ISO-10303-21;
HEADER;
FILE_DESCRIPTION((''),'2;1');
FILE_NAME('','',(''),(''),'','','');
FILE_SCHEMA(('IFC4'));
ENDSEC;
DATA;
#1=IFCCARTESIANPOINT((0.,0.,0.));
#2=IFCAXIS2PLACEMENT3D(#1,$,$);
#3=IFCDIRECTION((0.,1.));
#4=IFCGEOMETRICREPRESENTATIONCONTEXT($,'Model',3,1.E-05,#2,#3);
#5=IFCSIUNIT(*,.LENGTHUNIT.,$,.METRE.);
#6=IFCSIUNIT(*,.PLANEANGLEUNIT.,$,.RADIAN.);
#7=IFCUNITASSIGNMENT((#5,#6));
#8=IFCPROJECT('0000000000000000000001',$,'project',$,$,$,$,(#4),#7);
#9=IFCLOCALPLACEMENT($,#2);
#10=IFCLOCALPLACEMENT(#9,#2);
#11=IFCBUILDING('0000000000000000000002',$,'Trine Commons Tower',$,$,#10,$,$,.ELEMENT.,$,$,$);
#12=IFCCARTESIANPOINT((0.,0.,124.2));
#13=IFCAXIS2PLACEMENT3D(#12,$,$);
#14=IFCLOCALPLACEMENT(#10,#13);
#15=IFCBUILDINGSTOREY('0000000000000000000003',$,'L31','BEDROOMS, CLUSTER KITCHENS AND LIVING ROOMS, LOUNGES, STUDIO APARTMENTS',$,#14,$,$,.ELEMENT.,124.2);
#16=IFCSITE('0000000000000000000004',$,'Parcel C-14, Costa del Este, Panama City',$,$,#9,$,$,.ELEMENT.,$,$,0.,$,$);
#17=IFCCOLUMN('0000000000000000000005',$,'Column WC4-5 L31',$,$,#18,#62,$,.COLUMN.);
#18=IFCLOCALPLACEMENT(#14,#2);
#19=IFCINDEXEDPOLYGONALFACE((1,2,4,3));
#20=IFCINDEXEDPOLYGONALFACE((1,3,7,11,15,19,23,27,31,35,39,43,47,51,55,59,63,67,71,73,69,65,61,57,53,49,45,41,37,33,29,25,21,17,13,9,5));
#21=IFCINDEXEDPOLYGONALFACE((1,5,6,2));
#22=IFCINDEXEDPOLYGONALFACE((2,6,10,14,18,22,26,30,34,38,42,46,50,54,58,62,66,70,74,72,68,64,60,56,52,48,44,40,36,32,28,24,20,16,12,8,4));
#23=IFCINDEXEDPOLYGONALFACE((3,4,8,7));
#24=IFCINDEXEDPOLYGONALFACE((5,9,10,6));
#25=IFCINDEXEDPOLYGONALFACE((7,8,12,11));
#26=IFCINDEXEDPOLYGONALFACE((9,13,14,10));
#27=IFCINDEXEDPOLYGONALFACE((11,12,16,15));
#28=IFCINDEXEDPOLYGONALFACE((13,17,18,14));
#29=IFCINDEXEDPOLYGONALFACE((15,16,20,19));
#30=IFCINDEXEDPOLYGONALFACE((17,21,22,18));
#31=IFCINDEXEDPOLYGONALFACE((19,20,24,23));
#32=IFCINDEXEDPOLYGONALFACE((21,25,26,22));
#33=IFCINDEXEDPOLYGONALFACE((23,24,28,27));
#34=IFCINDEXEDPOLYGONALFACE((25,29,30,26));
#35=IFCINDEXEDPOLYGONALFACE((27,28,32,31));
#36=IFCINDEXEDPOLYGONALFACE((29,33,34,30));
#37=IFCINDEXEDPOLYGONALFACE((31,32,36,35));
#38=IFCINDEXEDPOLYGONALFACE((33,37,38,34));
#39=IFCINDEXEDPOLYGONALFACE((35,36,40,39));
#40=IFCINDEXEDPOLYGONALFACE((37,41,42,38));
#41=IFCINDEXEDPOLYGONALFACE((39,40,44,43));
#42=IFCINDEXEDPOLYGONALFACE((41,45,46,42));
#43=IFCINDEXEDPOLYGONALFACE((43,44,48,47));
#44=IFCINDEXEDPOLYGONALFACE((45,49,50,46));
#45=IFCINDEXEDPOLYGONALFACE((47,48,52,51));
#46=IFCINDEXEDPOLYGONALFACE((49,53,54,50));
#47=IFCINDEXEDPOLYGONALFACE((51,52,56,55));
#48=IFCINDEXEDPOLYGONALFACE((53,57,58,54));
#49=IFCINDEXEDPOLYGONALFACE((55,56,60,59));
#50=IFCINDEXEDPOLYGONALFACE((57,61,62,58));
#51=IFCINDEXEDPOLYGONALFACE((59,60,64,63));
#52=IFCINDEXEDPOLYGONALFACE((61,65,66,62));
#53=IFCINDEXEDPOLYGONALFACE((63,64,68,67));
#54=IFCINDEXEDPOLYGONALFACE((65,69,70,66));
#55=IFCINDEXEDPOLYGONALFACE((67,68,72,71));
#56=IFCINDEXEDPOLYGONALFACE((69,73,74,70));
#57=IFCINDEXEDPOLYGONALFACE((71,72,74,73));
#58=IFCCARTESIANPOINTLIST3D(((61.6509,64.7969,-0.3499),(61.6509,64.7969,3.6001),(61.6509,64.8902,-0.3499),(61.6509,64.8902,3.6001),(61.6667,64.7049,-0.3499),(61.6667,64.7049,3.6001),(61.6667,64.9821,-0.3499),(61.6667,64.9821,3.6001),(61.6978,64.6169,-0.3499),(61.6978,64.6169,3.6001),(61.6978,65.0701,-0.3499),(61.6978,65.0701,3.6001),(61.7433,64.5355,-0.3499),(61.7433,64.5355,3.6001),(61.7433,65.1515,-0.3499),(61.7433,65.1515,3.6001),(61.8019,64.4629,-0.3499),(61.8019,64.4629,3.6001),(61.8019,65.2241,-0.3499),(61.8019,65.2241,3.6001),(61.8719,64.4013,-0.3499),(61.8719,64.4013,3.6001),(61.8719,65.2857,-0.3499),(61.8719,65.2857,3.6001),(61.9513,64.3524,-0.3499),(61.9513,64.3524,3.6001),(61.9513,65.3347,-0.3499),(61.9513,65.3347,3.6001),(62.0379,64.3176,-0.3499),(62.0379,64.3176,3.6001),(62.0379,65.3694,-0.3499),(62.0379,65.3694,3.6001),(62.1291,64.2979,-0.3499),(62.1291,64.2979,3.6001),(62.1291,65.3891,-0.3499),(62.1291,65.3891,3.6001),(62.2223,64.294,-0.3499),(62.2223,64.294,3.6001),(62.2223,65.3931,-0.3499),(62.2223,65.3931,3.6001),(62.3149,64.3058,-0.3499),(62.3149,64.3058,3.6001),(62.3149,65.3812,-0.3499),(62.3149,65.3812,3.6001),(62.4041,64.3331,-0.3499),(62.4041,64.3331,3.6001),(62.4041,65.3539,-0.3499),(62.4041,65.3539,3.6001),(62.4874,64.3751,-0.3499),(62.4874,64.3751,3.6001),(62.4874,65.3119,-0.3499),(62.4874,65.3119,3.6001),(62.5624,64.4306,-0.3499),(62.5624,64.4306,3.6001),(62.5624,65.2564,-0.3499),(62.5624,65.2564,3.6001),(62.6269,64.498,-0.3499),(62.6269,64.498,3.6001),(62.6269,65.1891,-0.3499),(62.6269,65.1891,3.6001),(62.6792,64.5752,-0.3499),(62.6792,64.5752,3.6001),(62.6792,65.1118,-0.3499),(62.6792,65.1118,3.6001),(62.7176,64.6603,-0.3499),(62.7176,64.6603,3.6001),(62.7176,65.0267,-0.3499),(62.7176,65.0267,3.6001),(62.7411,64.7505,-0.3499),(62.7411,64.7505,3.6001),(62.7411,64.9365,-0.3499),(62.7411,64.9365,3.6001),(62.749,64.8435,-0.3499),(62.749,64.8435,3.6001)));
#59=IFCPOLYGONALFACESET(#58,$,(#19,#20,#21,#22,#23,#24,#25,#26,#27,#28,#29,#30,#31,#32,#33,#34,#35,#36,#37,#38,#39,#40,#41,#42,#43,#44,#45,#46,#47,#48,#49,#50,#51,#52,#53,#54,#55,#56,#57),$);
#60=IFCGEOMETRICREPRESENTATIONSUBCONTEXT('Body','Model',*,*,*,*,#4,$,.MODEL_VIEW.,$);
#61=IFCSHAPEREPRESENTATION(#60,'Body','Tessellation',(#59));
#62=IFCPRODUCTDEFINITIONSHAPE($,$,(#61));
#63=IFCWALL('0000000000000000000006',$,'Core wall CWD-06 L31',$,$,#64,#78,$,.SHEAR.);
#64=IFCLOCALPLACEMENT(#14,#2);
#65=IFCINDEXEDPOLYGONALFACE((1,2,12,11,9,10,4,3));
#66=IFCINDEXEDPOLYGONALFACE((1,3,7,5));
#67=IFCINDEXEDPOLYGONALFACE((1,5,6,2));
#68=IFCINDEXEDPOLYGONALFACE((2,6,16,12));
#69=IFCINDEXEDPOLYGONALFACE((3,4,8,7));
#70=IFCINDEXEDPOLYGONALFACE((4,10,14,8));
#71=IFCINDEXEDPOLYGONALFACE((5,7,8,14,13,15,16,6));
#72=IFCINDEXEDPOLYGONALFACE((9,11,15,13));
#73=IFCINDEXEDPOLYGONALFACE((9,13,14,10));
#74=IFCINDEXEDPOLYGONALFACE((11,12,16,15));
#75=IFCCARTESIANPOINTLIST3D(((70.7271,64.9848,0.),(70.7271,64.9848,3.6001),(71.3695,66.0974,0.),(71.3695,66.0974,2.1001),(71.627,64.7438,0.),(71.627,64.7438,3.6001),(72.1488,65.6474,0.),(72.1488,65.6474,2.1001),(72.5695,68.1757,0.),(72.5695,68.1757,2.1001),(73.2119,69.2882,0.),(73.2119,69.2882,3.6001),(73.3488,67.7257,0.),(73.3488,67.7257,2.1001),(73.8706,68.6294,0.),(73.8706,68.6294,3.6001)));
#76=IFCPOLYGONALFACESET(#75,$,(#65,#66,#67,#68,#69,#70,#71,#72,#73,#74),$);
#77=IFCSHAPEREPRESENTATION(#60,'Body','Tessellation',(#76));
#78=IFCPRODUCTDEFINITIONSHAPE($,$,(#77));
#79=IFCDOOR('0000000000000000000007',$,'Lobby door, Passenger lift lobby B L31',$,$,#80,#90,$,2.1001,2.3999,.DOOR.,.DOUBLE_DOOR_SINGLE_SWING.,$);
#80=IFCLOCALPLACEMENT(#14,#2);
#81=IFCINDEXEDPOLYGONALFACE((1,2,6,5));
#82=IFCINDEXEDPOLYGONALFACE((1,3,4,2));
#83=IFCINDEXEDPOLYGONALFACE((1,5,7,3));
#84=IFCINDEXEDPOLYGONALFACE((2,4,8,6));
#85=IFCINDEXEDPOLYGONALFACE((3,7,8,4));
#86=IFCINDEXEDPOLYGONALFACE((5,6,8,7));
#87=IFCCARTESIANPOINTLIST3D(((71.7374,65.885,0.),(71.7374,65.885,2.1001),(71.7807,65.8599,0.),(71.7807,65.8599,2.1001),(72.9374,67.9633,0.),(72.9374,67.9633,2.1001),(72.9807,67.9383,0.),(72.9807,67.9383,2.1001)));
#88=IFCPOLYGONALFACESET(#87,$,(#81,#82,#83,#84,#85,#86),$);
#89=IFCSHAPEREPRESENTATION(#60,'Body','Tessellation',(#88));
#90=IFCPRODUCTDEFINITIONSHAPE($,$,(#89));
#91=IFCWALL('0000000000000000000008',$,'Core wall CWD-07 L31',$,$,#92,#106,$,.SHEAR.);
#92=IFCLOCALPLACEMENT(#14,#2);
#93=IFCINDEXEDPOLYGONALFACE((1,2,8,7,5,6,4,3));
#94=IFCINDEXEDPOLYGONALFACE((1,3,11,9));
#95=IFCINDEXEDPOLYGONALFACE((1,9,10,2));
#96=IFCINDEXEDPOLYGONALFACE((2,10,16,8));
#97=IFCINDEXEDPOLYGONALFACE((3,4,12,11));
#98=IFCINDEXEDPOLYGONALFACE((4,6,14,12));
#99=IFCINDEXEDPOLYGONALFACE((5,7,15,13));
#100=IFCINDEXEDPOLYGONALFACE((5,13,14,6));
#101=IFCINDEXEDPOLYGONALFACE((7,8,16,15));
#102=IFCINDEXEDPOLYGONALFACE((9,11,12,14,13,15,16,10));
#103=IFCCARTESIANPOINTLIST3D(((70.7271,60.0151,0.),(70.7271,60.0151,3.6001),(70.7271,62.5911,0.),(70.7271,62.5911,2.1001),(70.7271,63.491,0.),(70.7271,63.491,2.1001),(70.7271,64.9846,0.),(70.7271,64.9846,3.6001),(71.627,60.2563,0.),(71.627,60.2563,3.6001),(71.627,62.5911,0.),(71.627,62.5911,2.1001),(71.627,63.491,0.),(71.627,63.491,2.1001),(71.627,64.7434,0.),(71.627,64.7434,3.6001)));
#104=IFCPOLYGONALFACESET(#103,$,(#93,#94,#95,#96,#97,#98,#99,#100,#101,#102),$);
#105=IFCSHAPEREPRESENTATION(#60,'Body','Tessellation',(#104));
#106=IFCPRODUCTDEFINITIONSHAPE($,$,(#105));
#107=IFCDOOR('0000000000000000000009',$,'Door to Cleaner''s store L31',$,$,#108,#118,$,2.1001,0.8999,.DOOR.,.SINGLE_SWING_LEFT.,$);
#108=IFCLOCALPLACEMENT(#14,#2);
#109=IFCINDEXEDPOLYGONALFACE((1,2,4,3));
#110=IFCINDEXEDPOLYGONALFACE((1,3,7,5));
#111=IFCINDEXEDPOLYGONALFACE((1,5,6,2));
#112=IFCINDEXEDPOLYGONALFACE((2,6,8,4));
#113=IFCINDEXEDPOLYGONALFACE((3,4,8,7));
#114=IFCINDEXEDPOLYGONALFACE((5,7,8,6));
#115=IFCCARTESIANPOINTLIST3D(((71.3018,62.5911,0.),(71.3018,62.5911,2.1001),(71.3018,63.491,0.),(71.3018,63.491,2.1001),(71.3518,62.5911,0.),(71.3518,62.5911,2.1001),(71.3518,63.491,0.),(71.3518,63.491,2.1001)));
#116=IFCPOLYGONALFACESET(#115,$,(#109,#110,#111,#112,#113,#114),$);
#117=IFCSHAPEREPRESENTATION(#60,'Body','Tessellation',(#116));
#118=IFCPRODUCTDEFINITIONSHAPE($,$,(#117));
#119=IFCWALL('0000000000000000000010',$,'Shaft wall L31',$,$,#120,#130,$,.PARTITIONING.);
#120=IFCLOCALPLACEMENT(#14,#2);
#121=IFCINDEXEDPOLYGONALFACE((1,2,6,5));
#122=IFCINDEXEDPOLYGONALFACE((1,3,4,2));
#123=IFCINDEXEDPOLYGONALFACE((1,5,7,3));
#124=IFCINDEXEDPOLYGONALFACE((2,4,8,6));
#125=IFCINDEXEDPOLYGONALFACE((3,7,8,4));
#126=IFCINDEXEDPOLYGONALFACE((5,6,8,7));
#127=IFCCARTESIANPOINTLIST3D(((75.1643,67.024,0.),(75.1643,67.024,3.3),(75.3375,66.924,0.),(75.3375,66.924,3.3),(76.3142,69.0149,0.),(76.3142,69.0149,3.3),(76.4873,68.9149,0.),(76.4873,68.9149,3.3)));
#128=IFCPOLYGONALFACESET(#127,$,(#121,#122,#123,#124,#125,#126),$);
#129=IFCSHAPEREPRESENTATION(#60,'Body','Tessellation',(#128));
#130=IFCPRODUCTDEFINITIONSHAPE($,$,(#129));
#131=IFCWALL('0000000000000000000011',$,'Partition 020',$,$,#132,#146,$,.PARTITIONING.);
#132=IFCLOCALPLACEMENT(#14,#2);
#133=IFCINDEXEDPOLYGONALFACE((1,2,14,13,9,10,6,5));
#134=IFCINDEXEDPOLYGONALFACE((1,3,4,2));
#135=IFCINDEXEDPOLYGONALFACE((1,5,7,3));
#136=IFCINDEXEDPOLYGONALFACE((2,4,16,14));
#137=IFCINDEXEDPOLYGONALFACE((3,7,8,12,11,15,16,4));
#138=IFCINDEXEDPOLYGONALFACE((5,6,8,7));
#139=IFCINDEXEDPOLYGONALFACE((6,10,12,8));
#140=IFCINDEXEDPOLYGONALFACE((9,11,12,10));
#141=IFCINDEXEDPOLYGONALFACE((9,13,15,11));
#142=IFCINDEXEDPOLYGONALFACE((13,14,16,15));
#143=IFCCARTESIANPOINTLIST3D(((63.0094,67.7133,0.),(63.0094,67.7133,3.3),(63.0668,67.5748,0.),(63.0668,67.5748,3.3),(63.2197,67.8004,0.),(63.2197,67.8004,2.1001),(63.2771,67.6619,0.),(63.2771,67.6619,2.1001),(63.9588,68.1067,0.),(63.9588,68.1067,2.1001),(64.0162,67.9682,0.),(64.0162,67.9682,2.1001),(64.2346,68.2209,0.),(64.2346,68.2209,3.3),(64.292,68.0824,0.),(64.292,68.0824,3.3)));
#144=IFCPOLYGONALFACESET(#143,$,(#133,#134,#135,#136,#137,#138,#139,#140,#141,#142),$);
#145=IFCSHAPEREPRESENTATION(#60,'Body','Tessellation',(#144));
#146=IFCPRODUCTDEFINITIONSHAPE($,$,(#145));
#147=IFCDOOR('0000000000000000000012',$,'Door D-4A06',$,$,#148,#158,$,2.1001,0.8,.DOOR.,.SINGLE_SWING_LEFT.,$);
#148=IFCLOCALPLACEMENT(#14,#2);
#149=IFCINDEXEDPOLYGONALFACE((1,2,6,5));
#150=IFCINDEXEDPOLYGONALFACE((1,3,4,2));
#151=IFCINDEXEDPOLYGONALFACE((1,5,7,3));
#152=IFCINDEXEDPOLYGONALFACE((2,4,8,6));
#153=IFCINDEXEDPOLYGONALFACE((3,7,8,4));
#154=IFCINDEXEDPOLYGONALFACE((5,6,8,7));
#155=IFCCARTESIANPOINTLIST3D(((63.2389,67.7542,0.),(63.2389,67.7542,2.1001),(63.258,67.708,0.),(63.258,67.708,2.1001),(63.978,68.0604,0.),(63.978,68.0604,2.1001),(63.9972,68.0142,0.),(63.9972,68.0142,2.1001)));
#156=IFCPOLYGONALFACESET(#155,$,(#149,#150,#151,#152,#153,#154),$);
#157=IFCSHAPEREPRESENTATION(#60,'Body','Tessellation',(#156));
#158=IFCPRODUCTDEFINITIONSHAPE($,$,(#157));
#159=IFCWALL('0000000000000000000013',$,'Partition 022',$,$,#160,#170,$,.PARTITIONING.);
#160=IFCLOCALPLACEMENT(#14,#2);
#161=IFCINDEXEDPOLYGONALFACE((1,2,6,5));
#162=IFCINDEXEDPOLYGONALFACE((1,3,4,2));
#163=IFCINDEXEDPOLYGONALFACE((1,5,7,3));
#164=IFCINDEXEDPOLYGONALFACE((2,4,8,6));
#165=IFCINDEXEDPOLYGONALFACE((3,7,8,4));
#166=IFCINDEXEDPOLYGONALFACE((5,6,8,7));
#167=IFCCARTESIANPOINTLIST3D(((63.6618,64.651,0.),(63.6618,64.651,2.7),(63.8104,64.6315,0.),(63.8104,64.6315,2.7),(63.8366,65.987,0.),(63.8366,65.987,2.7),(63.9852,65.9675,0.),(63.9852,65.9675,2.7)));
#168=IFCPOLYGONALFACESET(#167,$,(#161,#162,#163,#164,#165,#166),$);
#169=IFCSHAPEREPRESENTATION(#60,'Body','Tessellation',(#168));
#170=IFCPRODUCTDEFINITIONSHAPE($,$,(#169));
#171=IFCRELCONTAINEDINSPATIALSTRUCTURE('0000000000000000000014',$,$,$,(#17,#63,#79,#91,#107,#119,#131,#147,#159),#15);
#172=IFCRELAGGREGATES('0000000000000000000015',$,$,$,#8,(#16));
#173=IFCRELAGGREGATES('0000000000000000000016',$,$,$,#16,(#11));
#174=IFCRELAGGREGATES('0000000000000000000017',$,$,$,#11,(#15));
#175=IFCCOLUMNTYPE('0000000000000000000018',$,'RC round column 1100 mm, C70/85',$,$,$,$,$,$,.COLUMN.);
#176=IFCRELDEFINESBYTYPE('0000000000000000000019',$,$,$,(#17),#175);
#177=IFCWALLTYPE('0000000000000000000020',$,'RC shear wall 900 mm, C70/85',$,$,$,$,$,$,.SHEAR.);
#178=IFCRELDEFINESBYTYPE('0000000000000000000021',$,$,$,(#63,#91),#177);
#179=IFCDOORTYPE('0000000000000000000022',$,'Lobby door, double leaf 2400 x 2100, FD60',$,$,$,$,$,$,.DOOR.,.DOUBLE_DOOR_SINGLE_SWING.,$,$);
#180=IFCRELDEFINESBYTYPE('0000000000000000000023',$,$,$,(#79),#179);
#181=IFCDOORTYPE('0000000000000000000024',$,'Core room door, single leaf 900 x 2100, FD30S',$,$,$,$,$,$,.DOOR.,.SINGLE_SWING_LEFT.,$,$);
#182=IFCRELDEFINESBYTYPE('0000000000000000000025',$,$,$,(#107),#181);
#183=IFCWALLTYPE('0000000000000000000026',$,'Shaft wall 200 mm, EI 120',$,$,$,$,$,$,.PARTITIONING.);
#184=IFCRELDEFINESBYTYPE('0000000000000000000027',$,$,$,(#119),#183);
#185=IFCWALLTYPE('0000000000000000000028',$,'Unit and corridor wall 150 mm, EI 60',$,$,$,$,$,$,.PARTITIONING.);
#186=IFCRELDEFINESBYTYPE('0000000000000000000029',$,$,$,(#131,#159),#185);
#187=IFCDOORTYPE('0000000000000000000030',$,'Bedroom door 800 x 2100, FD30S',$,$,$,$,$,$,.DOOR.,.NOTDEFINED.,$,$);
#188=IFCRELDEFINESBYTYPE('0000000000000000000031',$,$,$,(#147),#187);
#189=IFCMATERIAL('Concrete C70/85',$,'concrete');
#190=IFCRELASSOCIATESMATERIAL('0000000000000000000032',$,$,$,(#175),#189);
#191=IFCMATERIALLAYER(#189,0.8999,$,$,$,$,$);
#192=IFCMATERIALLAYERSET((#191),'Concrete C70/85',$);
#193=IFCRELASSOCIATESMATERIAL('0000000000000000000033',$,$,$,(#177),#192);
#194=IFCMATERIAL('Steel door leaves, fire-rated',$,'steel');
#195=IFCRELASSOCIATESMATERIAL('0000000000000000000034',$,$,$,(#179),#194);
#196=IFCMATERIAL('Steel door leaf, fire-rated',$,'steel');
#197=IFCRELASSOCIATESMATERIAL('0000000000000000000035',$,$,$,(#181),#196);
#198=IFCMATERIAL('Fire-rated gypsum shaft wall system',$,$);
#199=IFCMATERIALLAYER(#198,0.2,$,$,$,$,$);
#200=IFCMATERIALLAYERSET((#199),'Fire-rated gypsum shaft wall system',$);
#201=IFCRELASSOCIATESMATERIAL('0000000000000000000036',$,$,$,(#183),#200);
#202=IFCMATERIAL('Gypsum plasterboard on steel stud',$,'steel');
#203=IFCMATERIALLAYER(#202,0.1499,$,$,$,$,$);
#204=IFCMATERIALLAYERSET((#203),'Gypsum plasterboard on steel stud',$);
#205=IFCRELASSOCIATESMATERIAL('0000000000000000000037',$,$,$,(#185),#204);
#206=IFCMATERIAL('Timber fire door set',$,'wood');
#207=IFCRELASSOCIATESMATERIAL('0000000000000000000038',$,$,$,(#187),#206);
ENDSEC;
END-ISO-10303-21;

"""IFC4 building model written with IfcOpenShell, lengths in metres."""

from ifc_helpers import new_model, si_unit, direction, frame, frame_2d, origin, origin_2d, place, context, subcontext, project, spatial, polyline, rectangle, circle, outline, extrude, material, layer, layer_set, material_profile, profile_set, type_object, element, fill, save


model = new_model("IFC4")

# Units and contexts
model_context = context("Model", 3, precision=1e-05, world=origin(), true_north=direction((0.0, 1.0)))
body_context = subcontext(model_context, "Body", "Model", "MODEL_VIEW")
ifc_project = project(units=[si_unit("LENGTHUNIT", "METRE"), si_unit("PLANEANGLEUNIT", "RADIAN")], contexts=[model_context])

# Site, building, storey
site_placement = place(None, origin())
site = spatial("IfcSite", under=ifc_project, at=site_placement, Name="Parcel C-14, Costa del Este, Panama City", CompositionType="ELEMENT", RefElevation=0.0)
building_placement = place(site_placement, origin())
building = spatial("IfcBuilding", under=site, at=building_placement, Name="Trine Commons Tower", CompositionType="ELEMENT")
storey_placement = place(building_placement, frame((0.0, 0.0, 124.2)))
storey = spatial("IfcBuildingStorey", under=building, at=storey_placement, Name="L31", Description="BEDROOMS, CLUSTER KITCHENS AND LIVING ROOMS, LOUNGES, STUDIO APARTMENTS", CompositionType="ELEMENT", Elevation=124.2)

# Column
ifc_material_1 = material(Name="Concrete C70/85", Category="concrete")
ifc_material_profile = material_profile(ifc_material_1, circle(Radius=0.55, at=origin_2d()), Name="RC round 1100")
ifc_profile_set = profile_set([ifc_material_profile], Name="Concrete C70/85")
column_type = type_object("IfcColumnType", Name="RC round column 1100 mm, C70/85", PredefinedType="COLUMN", material=ifc_profile_set)
column_placement = place(storey_placement, frame((62.199, 64.8435, -0.3499), z_axis=(0.0, 0.0, 1.0), x_axis=(1.0, 0.0, 0.0)))
element("IfcColumn", 1, at=column_placement, inside=storey, type_object=column_type, Name="Column WC4-5 L31", PredefinedType="COLUMN", context=body_context, shape_type="SweptSolid", body=[
    extrude(circle(Radius=0.55, at=origin_2d()), origin(), (0.0, 0.0, 1.0), 3.95),
])

# Walls, openings, doors
ifc_layer_1 = layer(ifc_material_1, 0.8999)
ifc_layer_set_1 = layer_set([ifc_layer_1], Name="Concrete C70/85")
wall_type_1 = type_object("IfcWallType", Name="RC shear wall 900 mm, C70/85", PredefinedType="SHEAR", material=ifc_layer_set_1)
wall_1_placement = place(storey_placement, frame((73.6016, 69.0632, 0.0), z_axis=(0.0, 0.0, 1.0), x_axis=(-0.500039, -0.866003, 0.0)))
wall_1 = element("IfcWall", 2, at=wall_1_placement, inside=storey, type_object=wall_type_1, Name="Core wall CWD-06 L31", PredefinedType="SHEAR", context=body_context, shape_type="SweptSolid", body=[
    extrude(outline(polyline([(0.0, -0.45), (4.9692, -0.45), (4.728, 0.45), (0.2412, 0.45), (0.0, -0.45)])), origin(), (0.0, 0.0, 1.0), 3.6001),
])
opening_1_placement = place(wall_1_placement, frame((1.2847, 0.0, 0.0)))
opening_1 = element("IfcOpeningElement", 3, at=opening_1_placement, cuts=wall_1, PredefinedType="OPENING", context=body_context, shape_type="SweptSolid", body=[
    extrude(rectangle(XDim=2.3999, YDim=2.1001, at=frame_2d((1.2, 1.05))), frame((0.0, 0.46, 0.0), z_axis=(0.0, -1.0, 0.0), x_axis=(1.0, 0.0, 0.0)), (0.0, 0.0, 1.0), 0.9199),
])
ifc_material_2 = material(Name="Steel door leaves, fire-rated", Category="steel")
door_type_1 = type_object("IfcDoorType", Name="Lobby door, double leaf 2400 x 2100, FD60", OperationType="DOUBLE_DOOR_SINGLE_SWING", PredefinedType="DOOR", material=ifc_material_2)
door_1_placement = place(opening_1_placement, origin())
door_1 = element("IfcDoor", 4, at=door_1_placement, inside=storey, type_object=door_type_1, Name="Lobby door, Passenger lift lobby B L31", OperationType="DOUBLE_DOOR_SINGLE_SWING", OverallHeight=2.1001, OverallWidth=2.3999, PredefinedType="DOOR", context=body_context, shape_type="SweptSolid", body=[
    extrude(rectangle(XDim=2.3999, YDim=2.1001, at=frame_2d((1.2, 1.05))), frame((0.0, 0.0249, 0.0), z_axis=(0.0, -1.0, 0.0), x_axis=(1.0, 0.0, 0.0)), (0.0, 0.0, 1.0), 0.05),
])
fill(opening_1, door_1)
wall_2_placement = place(storey_placement, frame((71.177, 64.9846, 0.0), z_axis=(0.0, 0.0, 1.0), x_axis=(0.0, -1.0, 0.0)))
wall_2 = element("IfcWall", 5, at=wall_2_placement, inside=storey, type_object=wall_type_1, Name="Core wall CWD-07 L31", PredefinedType="SHEAR", context=body_context, shape_type="SweptSolid", body=[
    extrude(outline(polyline([(0.0, -0.45), (4.9695, -0.45), (4.7283, 0.45), (0.2412, 0.45), (0.0, -0.45)])), origin(), (0.0, 0.0, 1.0), 3.6001),
])
opening_2_placement = place(wall_2_placement, frame((1.4937, 0.0, 0.0)))
opening_2 = element("IfcOpeningElement", 6, at=opening_2_placement, cuts=wall_2, PredefinedType="OPENING", context=body_context, shape_type="SweptSolid", body=[
    extrude(rectangle(XDim=0.8999, YDim=2.1001, at=frame_2d((0.45, 1.05))), frame((0.0, 0.46, 0.0), z_axis=(0.0, -1.0, 0.0), x_axis=(1.0, 0.0, 0.0)), (0.0, 0.0, 1.0), 0.9199),
])
ifc_material_3 = material(Name="Steel door leaf, fire-rated", Category="steel")
door_type_2 = type_object("IfcDoorType", Name="Core room door, single leaf 900 x 2100, FD30S", OperationType="SINGLE_SWING_LEFT", PredefinedType="DOOR", material=ifc_material_3)
door_2_placement = place(opening_2_placement, origin())
door_2 = element("IfcDoor", 7, at=door_2_placement, inside=storey, type_object=door_type_2, Name="Door to Cleaner's store L31", OperationType="SINGLE_SWING_LEFT", OverallHeight=2.1001, OverallWidth=0.8999, PredefinedType="DOOR", context=body_context, shape_type="SweptSolid", body=[
    extrude(rectangle(XDim=0.8999, YDim=2.1001, at=frame_2d((0.45, 1.05))), frame((0.0, 0.1748, 0.0), z_axis=(0.0, -1.0, 0.0), x_axis=(1.0, 0.0, 0.0)), (0.0, 0.0, 1.0), 0.05),
])
fill(opening_2, door_2)

# Wall
ifc_material_4 = material(Name="Fire-rated gypsum shaft wall system")
ifc_layer_2 = layer(ifc_material_4, 0.2)
ifc_layer_set_2 = layer_set([ifc_layer_2], Name="Fire-rated gypsum shaft wall system")
wall_type_2 = type_object("IfcWallType", Name="Shaft wall 200 mm, EI 120", PredefinedType="PARTITIONING", material=ifc_layer_set_2)
wall_3_placement = place(storey_placement, frame((75.251, 66.9741, 0.0), z_axis=(0.0, 0.0, 1.0), x_axis=(0.500136, 0.865947, 0.0)))
element("IfcWall", 8, at=wall_3_placement, inside=storey, type_object=wall_type_2, Name="Shaft wall L31", PredefinedType="PARTITIONING", context=body_context, shape_type="SweptSolid", body=[
    extrude(rectangle(XDim=2.2991, YDim=0.2, at=frame_2d((1.1494, 0.0))), origin(), (0.0, 0.0, 1.0), 3.3),
])

# Wall, opening, door
ifc_material_5 = material(Name="Gypsum plasterboard on steel stud", Category="steel")
ifc_layer_3 = layer(ifc_material_5, 0.1499)
ifc_layer_set_3 = layer_set([ifc_layer_3], Name="Gypsum plasterboard on steel stud")
wall_type_3 = type_object("IfcWallType", Name="Unit and corridor wall 150 mm, EI 60", PredefinedType="PARTITIONING", material=ifc_layer_set_3)
wall_4_placement = place(storey_placement, frame((63.0381, 67.644, 0.0), z_axis=(0.0, 0.0, 1.0), x_axis=(0.923849, 0.382758, 0.0)))
wall_4 = element("IfcWall", 9, at=wall_4_placement, inside=storey, type_object=wall_type_3, Name="Partition 020", PredefinedType="PARTITIONING", context=body_context, shape_type="SweptSolid", body=[
    extrude(rectangle(XDim=1.3262, YDim=0.1499, at=frame_2d((0.6631, 0.0))), origin(), (0.0, 0.0, 1.0), 3.3),
])
opening_3_placement = place(wall_4_placement, frame((0.2278, 0.0, 0.0)))
opening_3 = element("IfcOpeningElement", 10, at=opening_3_placement, cuts=wall_4, PredefinedType="OPENING", context=body_context, shape_type="SweptSolid", body=[
    extrude(rectangle(XDim=0.8, YDim=2.1001, at=frame_2d((0.3999, 1.05))), frame((0.0, 0.085, 0.0), z_axis=(0.0, -1.0, 0.0), x_axis=(1.0, 0.0, 0.0)), (0.0, 0.0, 1.0), 0.1699),
])
ifc_material_6 = material(Name="Timber fire door set", Category="wood")
door_type_3 = type_object("IfcDoorType", Name="Bedroom door 800 x 2100, FD30S", OperationType="NOTDEFINED", PredefinedType="DOOR", material=ifc_material_6)
door_3_placement = place(opening_3_placement, origin())
door_3 = element("IfcDoor", 11, at=door_3_placement, inside=storey, type_object=door_type_3, Name="Door D-4A06", OperationType="SINGLE_SWING_LEFT", OverallHeight=2.1001, OverallWidth=0.8, PredefinedType="DOOR", context=body_context, shape_type="SweptSolid", body=[
    extrude(rectangle(XDim=0.8, YDim=2.1001, at=frame_2d((0.3999, 1.05))), frame((0.0, 0.0249, 0.0), z_axis=(0.0, -1.0, 0.0), x_axis=(1.0, 0.0, 0.0)), (0.0, 0.0, 1.0), 0.05),
])
fill(opening_3, door_3)

# Wall
wall_5_placement = place(storey_placement, frame((63.7361, 64.6411, 0.0), z_axis=(0.0, 0.0, 1.0), x_axis=(0.129742, 0.991548, 0.0)))
element("IfcWall", 12, at=wall_5_placement, inside=storey, type_object=wall_type_3, Name="Partition 022", PredefinedType="PARTITIONING", context=body_context, shape_type="SweptSolid", body=[
    extrude(rectangle(XDim=1.3474, YDim=0.1499, at=frame_2d((0.6738, 0.0))), origin(), (0.0, 0.0, 1.0), 2.7),
])

save(model, "model.ifc")
